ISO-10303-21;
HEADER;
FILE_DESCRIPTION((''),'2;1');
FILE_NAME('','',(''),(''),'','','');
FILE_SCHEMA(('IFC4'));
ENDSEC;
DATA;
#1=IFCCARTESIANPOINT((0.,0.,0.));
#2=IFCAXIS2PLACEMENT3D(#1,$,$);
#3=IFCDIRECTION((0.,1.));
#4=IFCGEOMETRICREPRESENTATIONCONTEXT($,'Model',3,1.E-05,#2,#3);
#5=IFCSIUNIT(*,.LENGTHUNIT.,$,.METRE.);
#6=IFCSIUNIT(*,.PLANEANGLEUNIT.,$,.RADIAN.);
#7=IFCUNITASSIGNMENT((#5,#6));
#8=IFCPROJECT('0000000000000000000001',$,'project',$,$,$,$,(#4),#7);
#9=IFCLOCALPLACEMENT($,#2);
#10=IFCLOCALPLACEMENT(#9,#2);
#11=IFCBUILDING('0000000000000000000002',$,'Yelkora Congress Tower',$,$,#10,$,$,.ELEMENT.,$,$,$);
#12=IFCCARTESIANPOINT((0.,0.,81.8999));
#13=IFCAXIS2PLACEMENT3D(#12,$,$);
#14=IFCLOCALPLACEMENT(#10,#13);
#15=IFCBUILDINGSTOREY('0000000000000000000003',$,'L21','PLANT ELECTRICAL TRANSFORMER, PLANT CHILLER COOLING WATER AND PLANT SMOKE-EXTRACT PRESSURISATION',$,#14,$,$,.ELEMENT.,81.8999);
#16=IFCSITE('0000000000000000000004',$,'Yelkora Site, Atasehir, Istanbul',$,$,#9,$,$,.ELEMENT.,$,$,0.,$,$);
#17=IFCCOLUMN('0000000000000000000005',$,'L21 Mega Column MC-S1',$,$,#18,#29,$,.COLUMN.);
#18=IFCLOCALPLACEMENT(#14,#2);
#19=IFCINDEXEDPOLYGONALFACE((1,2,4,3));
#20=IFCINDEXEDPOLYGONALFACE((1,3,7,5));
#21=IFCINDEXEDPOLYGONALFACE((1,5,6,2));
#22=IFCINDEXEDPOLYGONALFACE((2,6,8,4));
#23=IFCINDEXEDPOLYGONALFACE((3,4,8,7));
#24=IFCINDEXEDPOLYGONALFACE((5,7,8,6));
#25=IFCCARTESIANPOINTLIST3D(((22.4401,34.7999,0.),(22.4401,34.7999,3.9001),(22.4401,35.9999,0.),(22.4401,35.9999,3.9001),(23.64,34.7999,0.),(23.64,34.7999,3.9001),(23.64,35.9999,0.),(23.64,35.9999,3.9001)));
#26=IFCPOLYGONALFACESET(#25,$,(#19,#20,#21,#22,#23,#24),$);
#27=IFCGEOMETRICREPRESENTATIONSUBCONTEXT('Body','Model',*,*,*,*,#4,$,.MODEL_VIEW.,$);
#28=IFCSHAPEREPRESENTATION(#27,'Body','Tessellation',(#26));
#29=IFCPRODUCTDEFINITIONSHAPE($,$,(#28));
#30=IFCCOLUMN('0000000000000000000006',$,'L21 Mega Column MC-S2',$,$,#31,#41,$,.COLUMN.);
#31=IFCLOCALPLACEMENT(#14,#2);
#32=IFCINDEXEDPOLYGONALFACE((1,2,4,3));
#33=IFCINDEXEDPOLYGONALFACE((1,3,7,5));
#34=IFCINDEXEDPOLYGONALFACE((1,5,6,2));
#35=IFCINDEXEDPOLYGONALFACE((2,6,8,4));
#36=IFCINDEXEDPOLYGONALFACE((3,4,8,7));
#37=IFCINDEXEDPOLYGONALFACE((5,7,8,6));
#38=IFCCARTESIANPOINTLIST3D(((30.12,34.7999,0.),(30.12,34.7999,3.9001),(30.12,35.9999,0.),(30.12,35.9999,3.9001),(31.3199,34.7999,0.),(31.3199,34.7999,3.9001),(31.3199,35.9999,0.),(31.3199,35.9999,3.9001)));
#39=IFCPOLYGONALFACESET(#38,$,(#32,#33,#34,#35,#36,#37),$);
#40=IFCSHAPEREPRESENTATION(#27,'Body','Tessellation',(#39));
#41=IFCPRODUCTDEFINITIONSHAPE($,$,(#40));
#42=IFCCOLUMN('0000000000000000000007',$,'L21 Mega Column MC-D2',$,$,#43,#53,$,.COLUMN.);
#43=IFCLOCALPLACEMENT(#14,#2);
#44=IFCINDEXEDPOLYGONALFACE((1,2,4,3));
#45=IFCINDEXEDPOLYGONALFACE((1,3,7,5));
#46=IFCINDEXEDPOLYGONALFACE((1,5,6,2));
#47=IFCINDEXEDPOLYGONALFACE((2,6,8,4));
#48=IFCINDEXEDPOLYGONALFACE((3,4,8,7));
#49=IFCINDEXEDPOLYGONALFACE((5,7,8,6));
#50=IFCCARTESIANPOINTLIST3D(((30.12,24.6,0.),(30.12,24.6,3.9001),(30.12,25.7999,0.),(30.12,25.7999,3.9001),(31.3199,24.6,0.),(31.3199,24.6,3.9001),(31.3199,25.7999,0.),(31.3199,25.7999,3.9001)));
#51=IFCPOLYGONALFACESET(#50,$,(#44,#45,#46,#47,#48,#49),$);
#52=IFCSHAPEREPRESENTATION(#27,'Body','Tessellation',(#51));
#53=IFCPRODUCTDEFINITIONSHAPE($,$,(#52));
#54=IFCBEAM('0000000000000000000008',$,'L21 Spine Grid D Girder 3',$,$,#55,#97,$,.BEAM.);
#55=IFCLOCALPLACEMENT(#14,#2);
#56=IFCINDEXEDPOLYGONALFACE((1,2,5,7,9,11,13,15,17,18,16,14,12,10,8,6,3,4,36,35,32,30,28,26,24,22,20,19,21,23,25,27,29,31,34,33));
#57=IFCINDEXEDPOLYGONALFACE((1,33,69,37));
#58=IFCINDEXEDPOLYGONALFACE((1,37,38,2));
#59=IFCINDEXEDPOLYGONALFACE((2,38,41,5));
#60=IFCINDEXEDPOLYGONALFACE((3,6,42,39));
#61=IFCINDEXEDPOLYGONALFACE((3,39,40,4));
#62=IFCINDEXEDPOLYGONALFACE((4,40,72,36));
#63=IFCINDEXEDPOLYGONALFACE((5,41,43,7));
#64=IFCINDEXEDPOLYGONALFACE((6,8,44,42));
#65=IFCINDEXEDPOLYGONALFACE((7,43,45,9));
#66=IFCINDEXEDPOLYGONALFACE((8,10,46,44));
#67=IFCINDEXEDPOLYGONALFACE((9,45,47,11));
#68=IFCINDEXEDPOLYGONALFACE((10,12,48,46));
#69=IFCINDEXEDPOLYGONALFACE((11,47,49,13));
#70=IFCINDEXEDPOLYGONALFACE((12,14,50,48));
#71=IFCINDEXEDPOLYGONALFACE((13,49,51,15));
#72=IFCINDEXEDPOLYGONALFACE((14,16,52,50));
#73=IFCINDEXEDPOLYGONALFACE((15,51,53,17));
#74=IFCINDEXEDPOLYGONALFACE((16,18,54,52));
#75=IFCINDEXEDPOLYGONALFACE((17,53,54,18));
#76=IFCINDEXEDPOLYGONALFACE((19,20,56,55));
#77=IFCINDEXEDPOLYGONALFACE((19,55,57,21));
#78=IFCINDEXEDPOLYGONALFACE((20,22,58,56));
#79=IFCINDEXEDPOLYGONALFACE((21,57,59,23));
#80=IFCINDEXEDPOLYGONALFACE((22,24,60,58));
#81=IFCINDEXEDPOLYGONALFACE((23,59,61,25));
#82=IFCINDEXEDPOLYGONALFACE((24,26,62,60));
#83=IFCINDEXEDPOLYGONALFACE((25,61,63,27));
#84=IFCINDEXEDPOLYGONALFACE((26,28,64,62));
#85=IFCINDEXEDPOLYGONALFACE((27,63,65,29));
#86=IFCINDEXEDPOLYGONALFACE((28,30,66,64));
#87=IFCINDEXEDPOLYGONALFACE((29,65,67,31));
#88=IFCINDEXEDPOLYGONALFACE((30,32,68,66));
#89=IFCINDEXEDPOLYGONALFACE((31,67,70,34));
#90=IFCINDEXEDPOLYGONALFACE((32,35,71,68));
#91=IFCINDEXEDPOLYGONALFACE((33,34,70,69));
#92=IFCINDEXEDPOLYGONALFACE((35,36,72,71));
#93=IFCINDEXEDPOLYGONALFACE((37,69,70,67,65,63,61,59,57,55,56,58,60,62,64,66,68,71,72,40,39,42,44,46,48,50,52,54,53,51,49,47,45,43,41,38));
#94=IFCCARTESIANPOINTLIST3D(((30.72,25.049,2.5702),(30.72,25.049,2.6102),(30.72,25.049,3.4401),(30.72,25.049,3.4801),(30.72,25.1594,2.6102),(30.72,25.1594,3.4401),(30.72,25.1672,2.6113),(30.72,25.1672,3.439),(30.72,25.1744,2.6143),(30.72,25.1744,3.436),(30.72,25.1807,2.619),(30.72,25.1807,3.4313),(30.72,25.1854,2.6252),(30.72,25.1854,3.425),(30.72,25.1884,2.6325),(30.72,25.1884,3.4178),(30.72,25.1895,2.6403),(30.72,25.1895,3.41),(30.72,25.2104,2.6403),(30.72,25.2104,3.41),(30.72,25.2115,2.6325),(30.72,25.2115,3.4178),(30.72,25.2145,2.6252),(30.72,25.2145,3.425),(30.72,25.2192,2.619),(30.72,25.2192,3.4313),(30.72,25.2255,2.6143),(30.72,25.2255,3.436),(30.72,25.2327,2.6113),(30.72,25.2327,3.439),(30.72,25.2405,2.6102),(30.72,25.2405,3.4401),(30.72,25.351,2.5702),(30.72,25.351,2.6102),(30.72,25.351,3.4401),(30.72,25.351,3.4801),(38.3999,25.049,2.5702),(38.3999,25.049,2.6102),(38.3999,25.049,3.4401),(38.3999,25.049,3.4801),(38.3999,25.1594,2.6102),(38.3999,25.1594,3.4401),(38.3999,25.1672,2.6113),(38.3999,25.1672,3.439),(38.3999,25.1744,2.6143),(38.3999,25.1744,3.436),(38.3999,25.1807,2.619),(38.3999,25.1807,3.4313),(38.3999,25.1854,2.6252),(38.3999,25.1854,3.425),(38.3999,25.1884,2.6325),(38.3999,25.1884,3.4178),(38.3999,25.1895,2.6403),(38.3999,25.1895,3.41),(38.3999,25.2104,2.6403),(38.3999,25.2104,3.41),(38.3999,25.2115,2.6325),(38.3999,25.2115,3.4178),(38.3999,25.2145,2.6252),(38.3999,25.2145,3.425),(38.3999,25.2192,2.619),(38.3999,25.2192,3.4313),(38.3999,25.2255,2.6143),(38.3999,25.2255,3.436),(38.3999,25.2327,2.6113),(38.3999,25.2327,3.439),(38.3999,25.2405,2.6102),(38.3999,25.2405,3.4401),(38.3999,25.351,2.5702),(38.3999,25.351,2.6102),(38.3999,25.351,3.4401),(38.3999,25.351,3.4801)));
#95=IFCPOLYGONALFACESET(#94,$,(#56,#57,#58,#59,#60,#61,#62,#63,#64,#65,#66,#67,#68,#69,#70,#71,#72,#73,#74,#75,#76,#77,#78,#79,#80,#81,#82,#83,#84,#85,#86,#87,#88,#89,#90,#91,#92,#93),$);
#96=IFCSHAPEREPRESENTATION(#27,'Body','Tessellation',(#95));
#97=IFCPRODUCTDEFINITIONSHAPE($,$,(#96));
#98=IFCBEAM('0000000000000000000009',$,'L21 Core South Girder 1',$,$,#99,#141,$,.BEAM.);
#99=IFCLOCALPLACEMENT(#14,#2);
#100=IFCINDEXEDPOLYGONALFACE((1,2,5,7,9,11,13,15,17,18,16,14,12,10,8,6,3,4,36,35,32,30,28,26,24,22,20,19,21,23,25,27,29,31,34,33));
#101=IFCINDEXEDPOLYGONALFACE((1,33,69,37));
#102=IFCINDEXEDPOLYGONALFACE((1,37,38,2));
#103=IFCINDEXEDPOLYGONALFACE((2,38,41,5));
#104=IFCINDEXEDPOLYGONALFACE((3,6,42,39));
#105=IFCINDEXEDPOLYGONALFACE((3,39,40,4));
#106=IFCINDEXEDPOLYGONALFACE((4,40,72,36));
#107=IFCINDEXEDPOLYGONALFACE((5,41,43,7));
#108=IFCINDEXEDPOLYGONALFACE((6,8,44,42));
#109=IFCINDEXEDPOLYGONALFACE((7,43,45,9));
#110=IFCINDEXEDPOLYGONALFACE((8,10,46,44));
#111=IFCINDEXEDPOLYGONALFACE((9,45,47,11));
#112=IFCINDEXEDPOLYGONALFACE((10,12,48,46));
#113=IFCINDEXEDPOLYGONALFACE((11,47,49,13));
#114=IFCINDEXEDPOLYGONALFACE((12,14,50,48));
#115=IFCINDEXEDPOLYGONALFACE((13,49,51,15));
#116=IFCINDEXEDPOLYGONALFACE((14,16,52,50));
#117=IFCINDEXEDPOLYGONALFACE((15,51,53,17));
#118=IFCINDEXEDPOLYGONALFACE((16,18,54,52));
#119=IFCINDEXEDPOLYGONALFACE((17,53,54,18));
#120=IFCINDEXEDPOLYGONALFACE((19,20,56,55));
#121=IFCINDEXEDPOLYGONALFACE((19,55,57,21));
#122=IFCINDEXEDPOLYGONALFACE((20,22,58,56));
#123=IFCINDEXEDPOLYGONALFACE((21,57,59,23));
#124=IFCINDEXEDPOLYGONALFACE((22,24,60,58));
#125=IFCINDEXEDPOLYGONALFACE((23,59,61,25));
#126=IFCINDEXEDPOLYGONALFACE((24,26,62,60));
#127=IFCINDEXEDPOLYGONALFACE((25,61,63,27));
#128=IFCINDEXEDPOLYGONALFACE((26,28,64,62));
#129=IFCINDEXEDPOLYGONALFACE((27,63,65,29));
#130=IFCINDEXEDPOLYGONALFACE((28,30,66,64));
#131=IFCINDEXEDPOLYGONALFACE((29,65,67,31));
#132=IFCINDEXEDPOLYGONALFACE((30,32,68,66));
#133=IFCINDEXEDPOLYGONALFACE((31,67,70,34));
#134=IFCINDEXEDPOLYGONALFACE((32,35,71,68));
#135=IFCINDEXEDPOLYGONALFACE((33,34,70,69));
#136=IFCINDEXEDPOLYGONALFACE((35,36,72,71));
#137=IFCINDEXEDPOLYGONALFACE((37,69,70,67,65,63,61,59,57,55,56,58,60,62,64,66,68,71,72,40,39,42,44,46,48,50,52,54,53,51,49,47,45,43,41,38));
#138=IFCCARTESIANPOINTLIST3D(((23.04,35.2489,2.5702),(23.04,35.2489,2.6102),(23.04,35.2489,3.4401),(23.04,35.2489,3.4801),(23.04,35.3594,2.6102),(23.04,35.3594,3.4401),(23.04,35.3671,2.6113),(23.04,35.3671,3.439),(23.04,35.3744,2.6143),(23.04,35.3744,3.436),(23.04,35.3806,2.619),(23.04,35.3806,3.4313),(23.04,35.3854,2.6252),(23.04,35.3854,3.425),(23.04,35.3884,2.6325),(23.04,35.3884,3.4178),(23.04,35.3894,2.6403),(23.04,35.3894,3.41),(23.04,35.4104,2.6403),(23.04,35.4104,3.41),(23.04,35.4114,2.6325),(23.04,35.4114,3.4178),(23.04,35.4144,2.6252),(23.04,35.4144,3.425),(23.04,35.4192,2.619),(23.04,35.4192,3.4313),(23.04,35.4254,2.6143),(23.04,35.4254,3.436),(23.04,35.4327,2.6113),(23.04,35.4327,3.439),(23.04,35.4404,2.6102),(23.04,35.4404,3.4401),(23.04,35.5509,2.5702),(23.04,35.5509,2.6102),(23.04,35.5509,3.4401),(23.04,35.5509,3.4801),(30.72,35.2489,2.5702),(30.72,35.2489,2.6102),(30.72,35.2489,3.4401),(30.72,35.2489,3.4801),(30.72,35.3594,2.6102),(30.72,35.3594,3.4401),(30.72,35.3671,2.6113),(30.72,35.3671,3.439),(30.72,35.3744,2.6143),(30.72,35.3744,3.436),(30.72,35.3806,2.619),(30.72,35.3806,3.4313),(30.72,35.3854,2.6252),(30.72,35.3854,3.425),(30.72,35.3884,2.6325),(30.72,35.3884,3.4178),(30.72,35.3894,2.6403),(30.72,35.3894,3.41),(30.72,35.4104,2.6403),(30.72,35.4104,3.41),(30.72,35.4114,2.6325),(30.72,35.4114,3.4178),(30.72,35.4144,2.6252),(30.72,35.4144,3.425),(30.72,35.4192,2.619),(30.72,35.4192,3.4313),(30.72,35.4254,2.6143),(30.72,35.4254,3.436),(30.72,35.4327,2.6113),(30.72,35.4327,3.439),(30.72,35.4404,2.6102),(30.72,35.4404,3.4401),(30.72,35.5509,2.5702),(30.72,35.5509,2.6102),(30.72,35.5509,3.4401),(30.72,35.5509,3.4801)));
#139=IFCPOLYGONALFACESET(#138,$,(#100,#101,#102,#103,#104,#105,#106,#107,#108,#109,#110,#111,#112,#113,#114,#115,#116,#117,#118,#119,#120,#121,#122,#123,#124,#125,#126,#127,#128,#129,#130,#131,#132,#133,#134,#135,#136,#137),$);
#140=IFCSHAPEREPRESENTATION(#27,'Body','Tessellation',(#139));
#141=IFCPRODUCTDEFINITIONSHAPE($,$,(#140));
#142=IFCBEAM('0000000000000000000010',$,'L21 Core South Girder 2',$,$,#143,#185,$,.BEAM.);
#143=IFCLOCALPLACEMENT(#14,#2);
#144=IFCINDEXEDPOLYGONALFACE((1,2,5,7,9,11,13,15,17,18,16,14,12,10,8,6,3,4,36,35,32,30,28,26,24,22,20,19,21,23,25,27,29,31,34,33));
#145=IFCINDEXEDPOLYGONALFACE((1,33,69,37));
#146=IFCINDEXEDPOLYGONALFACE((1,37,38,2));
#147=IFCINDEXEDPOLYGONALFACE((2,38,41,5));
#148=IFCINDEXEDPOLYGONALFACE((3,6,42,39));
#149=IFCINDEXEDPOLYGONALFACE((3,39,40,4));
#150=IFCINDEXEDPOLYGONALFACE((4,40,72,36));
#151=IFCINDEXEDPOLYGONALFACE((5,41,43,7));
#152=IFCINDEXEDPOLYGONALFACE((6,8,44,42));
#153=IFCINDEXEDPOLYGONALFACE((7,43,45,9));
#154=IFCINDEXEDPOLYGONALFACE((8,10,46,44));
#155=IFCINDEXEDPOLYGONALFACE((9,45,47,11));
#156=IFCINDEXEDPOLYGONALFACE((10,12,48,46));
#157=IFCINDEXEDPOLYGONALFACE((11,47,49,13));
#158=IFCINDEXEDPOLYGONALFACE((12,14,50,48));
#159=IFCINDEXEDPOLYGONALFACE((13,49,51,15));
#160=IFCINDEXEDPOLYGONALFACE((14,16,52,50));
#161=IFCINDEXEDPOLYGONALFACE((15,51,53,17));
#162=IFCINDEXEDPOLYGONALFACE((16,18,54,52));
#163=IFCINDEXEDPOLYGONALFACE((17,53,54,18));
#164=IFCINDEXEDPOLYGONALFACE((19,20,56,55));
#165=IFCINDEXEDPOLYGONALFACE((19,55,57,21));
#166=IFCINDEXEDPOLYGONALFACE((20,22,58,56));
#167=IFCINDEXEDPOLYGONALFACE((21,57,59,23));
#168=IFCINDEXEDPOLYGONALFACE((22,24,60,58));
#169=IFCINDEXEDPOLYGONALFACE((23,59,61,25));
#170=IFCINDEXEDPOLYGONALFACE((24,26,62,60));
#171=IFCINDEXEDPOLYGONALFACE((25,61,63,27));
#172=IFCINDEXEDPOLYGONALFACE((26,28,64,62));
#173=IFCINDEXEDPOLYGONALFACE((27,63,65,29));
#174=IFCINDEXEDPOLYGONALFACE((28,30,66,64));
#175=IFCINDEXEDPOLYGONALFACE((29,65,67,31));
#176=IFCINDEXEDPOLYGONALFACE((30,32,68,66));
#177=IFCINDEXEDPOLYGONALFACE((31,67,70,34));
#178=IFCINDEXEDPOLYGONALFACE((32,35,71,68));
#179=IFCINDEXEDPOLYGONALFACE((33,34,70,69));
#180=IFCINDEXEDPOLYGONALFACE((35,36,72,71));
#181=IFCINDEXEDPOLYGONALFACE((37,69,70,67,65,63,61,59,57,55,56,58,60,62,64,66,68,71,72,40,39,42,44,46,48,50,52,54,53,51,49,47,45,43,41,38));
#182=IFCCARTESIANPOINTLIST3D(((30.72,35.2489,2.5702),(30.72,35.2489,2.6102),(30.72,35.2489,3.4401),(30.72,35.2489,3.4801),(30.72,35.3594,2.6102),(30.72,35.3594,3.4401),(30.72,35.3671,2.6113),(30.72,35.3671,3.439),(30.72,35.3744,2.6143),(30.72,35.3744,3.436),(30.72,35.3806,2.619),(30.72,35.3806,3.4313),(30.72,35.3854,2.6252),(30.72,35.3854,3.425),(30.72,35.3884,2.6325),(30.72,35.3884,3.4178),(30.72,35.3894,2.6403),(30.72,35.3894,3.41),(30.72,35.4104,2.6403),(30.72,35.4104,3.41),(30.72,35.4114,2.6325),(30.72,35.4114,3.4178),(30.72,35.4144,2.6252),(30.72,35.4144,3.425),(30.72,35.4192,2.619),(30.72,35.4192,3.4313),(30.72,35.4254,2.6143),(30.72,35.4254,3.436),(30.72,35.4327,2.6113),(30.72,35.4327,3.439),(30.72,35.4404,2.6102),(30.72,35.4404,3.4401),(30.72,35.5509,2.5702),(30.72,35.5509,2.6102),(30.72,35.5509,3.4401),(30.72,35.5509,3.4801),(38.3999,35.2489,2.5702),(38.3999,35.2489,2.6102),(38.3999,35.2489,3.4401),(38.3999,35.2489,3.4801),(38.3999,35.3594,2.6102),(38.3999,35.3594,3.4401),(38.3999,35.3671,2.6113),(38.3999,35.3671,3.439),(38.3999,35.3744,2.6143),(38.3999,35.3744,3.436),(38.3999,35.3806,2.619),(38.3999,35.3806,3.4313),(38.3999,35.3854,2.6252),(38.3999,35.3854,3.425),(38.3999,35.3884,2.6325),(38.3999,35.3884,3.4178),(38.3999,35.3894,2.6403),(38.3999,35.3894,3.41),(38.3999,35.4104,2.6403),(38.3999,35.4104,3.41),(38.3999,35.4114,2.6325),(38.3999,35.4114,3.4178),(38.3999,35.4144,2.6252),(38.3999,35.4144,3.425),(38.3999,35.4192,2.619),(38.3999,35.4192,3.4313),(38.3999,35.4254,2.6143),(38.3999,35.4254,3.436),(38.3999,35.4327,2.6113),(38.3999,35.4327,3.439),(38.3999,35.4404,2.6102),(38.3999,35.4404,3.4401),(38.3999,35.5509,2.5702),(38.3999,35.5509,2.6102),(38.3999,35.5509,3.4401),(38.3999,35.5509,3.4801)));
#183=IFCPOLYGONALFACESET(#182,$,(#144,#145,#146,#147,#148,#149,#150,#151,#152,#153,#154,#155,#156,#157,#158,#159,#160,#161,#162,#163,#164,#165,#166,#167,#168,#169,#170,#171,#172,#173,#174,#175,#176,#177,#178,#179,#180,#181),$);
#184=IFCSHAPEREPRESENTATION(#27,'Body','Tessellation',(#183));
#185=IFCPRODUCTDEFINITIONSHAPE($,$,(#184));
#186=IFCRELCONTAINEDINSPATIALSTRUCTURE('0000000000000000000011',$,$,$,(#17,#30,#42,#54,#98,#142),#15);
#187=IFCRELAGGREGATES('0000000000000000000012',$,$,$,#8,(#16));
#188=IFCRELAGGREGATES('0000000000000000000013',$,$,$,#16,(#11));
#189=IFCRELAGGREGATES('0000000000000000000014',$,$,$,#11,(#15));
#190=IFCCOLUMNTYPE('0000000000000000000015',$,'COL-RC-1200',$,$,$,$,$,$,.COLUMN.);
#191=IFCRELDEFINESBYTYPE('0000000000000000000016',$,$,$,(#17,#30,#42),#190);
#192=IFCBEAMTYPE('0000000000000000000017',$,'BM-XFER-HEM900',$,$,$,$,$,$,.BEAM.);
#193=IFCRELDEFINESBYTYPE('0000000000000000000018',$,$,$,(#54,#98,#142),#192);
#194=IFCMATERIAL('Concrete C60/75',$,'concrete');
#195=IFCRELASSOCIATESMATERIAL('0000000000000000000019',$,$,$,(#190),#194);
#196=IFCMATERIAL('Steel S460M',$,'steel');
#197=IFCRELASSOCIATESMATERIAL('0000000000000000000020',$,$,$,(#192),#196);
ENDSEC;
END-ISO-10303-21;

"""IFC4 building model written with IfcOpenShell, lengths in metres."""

from ifc_helpers import new_model, si_unit, direction, frame, origin, origin_2d, place, context, subcontext, project, spatial, rectangle, i_section, extrude, material, material_profile, profile_set, type_object, element, save


model = new_model("IFC4")

# Units and contexts
model_context = context("Model", 3, precision=1e-05, world=origin(), true_north=direction((0.0, 1.0)))
body_context = subcontext(model_context, "Body", "Model", "MODEL_VIEW")
ifc_project = project(units=[si_unit("LENGTHUNIT", "METRE"), si_unit("PLANEANGLEUNIT", "RADIAN")], contexts=[model_context])

# Site, building, storey
site_placement = place(None, origin())
site = spatial("IfcSite", under=ifc_project, at=site_placement, Name="Yelkora Site, Atasehir, Istanbul", CompositionType="ELEMENT", RefElevation=0.0)
building_placement = place(site_placement, origin())
building = spatial("IfcBuilding", under=site, at=building_placement, Name="Yelkora Congress Tower", CompositionType="ELEMENT")
storey_placement = place(building_placement, frame((0.0, 0.0, 81.8999)))
storey = spatial("IfcBuildingStorey", under=building, at=storey_placement, Name="L21", Description="PLANT ELECTRICAL TRANSFORMER, PLANT CHILLER COOLING WATER AND PLANT SMOKE-EXTRACT PRESSURISATION", CompositionType="ELEMENT", Elevation=81.8999)

# Columns
ifc_material_1 = material(Name="Concrete C60/75", Category="concrete")
ifc_material_profile_1 = material_profile(ifc_material_1, rectangle(XDim=1.2, YDim=1.2, at=origin_2d()), Name="RC 1200x1200")
ifc_profile_set_1 = profile_set([ifc_material_profile_1], Name="Concrete C60/75")
column_type = type_object("IfcColumnType", Name="COL-RC-1200", PredefinedType="COLUMN", material=ifc_profile_set_1)
for number, where, z_axis, x_axis, name in (
    (1, (23.04, 35.3999, 0.0), (0.0, 0.0, 1.0), (1.0, 0.0, 0.0), "L21 Mega Column MC-S1"),
    (2, (30.72, 35.3999, 0.0), (0.0, 0.0, 1.0), (1.0, 0.0, 0.0), "L21 Mega Column MC-S2"),
    (3, (30.72, 25.2, 0.0), (0.0, 0.0, 1.0), (1.0, 0.0, 0.0), "L21 Mega Column MC-D2"),
):
    element("IfcColumn", number, at=place(storey_placement, frame(where, z_axis=z_axis, x_axis=x_axis)), inside=storey, type_object=column_type, Name=name, PredefinedType="COLUMN", context=body_context, shape_type="SweptSolid", body=[
        extrude(rectangle(XDim=1.2, YDim=1.2, at=origin_2d()), origin(), (0.0, 0.0, 1.0), 3.9001),
    ])

# Beams
ifc_material_2 = material(Name="Steel S460M", Category="steel")
ifc_material_profile_2 = material_profile(ifc_material_2, i_section(OverallWidth=0.302, OverallDepth=0.9099, WebThickness=0.021, FlangeThickness=0.04, FilletRadius=0.03, at=origin_2d()), Name="HEM 900")
ifc_profile_set_2 = profile_set([ifc_material_profile_2], Name="Steel S460M")
beam_type = type_object("IfcBeamType", Name="BM-XFER-HEM900", PredefinedType="BEAM", material=ifc_profile_set_2)
for number, where, z_axis, x_axis, name in (
    (4, (30.72, 25.2, 3.0251), (1.0, 0.0, 0.0), (0.0, 1.0, 0.0), "L21 Spine Grid D Girder 3"),
    (5, (23.04, 35.3999, 3.0251), (1.0, 0.0, 0.0), (0.0, 1.0, 0.0), "L21 Core South Girder 1"),
    (6, (30.72, 35.3999, 3.0251), (1.0, 0.0, 0.0), (0.0, 1.0, 0.0), "L21 Core South Girder 2"),
):
    element("IfcBeam", number, at=place(storey_placement, frame(where, z_axis=z_axis, x_axis=x_axis)), inside=storey, type_object=beam_type, Name=name, PredefinedType="BEAM", context=body_context, shape_type="SweptSolid", body=[
        extrude(i_section(OverallWidth=0.302, OverallDepth=0.9099, WebThickness=0.021, FlangeThickness=0.04, FilletRadius=0.03, at=origin_2d()), origin(), (0.0, 0.0, 1.0), 7.6799),
    ])

save(model, "model.ifc")
